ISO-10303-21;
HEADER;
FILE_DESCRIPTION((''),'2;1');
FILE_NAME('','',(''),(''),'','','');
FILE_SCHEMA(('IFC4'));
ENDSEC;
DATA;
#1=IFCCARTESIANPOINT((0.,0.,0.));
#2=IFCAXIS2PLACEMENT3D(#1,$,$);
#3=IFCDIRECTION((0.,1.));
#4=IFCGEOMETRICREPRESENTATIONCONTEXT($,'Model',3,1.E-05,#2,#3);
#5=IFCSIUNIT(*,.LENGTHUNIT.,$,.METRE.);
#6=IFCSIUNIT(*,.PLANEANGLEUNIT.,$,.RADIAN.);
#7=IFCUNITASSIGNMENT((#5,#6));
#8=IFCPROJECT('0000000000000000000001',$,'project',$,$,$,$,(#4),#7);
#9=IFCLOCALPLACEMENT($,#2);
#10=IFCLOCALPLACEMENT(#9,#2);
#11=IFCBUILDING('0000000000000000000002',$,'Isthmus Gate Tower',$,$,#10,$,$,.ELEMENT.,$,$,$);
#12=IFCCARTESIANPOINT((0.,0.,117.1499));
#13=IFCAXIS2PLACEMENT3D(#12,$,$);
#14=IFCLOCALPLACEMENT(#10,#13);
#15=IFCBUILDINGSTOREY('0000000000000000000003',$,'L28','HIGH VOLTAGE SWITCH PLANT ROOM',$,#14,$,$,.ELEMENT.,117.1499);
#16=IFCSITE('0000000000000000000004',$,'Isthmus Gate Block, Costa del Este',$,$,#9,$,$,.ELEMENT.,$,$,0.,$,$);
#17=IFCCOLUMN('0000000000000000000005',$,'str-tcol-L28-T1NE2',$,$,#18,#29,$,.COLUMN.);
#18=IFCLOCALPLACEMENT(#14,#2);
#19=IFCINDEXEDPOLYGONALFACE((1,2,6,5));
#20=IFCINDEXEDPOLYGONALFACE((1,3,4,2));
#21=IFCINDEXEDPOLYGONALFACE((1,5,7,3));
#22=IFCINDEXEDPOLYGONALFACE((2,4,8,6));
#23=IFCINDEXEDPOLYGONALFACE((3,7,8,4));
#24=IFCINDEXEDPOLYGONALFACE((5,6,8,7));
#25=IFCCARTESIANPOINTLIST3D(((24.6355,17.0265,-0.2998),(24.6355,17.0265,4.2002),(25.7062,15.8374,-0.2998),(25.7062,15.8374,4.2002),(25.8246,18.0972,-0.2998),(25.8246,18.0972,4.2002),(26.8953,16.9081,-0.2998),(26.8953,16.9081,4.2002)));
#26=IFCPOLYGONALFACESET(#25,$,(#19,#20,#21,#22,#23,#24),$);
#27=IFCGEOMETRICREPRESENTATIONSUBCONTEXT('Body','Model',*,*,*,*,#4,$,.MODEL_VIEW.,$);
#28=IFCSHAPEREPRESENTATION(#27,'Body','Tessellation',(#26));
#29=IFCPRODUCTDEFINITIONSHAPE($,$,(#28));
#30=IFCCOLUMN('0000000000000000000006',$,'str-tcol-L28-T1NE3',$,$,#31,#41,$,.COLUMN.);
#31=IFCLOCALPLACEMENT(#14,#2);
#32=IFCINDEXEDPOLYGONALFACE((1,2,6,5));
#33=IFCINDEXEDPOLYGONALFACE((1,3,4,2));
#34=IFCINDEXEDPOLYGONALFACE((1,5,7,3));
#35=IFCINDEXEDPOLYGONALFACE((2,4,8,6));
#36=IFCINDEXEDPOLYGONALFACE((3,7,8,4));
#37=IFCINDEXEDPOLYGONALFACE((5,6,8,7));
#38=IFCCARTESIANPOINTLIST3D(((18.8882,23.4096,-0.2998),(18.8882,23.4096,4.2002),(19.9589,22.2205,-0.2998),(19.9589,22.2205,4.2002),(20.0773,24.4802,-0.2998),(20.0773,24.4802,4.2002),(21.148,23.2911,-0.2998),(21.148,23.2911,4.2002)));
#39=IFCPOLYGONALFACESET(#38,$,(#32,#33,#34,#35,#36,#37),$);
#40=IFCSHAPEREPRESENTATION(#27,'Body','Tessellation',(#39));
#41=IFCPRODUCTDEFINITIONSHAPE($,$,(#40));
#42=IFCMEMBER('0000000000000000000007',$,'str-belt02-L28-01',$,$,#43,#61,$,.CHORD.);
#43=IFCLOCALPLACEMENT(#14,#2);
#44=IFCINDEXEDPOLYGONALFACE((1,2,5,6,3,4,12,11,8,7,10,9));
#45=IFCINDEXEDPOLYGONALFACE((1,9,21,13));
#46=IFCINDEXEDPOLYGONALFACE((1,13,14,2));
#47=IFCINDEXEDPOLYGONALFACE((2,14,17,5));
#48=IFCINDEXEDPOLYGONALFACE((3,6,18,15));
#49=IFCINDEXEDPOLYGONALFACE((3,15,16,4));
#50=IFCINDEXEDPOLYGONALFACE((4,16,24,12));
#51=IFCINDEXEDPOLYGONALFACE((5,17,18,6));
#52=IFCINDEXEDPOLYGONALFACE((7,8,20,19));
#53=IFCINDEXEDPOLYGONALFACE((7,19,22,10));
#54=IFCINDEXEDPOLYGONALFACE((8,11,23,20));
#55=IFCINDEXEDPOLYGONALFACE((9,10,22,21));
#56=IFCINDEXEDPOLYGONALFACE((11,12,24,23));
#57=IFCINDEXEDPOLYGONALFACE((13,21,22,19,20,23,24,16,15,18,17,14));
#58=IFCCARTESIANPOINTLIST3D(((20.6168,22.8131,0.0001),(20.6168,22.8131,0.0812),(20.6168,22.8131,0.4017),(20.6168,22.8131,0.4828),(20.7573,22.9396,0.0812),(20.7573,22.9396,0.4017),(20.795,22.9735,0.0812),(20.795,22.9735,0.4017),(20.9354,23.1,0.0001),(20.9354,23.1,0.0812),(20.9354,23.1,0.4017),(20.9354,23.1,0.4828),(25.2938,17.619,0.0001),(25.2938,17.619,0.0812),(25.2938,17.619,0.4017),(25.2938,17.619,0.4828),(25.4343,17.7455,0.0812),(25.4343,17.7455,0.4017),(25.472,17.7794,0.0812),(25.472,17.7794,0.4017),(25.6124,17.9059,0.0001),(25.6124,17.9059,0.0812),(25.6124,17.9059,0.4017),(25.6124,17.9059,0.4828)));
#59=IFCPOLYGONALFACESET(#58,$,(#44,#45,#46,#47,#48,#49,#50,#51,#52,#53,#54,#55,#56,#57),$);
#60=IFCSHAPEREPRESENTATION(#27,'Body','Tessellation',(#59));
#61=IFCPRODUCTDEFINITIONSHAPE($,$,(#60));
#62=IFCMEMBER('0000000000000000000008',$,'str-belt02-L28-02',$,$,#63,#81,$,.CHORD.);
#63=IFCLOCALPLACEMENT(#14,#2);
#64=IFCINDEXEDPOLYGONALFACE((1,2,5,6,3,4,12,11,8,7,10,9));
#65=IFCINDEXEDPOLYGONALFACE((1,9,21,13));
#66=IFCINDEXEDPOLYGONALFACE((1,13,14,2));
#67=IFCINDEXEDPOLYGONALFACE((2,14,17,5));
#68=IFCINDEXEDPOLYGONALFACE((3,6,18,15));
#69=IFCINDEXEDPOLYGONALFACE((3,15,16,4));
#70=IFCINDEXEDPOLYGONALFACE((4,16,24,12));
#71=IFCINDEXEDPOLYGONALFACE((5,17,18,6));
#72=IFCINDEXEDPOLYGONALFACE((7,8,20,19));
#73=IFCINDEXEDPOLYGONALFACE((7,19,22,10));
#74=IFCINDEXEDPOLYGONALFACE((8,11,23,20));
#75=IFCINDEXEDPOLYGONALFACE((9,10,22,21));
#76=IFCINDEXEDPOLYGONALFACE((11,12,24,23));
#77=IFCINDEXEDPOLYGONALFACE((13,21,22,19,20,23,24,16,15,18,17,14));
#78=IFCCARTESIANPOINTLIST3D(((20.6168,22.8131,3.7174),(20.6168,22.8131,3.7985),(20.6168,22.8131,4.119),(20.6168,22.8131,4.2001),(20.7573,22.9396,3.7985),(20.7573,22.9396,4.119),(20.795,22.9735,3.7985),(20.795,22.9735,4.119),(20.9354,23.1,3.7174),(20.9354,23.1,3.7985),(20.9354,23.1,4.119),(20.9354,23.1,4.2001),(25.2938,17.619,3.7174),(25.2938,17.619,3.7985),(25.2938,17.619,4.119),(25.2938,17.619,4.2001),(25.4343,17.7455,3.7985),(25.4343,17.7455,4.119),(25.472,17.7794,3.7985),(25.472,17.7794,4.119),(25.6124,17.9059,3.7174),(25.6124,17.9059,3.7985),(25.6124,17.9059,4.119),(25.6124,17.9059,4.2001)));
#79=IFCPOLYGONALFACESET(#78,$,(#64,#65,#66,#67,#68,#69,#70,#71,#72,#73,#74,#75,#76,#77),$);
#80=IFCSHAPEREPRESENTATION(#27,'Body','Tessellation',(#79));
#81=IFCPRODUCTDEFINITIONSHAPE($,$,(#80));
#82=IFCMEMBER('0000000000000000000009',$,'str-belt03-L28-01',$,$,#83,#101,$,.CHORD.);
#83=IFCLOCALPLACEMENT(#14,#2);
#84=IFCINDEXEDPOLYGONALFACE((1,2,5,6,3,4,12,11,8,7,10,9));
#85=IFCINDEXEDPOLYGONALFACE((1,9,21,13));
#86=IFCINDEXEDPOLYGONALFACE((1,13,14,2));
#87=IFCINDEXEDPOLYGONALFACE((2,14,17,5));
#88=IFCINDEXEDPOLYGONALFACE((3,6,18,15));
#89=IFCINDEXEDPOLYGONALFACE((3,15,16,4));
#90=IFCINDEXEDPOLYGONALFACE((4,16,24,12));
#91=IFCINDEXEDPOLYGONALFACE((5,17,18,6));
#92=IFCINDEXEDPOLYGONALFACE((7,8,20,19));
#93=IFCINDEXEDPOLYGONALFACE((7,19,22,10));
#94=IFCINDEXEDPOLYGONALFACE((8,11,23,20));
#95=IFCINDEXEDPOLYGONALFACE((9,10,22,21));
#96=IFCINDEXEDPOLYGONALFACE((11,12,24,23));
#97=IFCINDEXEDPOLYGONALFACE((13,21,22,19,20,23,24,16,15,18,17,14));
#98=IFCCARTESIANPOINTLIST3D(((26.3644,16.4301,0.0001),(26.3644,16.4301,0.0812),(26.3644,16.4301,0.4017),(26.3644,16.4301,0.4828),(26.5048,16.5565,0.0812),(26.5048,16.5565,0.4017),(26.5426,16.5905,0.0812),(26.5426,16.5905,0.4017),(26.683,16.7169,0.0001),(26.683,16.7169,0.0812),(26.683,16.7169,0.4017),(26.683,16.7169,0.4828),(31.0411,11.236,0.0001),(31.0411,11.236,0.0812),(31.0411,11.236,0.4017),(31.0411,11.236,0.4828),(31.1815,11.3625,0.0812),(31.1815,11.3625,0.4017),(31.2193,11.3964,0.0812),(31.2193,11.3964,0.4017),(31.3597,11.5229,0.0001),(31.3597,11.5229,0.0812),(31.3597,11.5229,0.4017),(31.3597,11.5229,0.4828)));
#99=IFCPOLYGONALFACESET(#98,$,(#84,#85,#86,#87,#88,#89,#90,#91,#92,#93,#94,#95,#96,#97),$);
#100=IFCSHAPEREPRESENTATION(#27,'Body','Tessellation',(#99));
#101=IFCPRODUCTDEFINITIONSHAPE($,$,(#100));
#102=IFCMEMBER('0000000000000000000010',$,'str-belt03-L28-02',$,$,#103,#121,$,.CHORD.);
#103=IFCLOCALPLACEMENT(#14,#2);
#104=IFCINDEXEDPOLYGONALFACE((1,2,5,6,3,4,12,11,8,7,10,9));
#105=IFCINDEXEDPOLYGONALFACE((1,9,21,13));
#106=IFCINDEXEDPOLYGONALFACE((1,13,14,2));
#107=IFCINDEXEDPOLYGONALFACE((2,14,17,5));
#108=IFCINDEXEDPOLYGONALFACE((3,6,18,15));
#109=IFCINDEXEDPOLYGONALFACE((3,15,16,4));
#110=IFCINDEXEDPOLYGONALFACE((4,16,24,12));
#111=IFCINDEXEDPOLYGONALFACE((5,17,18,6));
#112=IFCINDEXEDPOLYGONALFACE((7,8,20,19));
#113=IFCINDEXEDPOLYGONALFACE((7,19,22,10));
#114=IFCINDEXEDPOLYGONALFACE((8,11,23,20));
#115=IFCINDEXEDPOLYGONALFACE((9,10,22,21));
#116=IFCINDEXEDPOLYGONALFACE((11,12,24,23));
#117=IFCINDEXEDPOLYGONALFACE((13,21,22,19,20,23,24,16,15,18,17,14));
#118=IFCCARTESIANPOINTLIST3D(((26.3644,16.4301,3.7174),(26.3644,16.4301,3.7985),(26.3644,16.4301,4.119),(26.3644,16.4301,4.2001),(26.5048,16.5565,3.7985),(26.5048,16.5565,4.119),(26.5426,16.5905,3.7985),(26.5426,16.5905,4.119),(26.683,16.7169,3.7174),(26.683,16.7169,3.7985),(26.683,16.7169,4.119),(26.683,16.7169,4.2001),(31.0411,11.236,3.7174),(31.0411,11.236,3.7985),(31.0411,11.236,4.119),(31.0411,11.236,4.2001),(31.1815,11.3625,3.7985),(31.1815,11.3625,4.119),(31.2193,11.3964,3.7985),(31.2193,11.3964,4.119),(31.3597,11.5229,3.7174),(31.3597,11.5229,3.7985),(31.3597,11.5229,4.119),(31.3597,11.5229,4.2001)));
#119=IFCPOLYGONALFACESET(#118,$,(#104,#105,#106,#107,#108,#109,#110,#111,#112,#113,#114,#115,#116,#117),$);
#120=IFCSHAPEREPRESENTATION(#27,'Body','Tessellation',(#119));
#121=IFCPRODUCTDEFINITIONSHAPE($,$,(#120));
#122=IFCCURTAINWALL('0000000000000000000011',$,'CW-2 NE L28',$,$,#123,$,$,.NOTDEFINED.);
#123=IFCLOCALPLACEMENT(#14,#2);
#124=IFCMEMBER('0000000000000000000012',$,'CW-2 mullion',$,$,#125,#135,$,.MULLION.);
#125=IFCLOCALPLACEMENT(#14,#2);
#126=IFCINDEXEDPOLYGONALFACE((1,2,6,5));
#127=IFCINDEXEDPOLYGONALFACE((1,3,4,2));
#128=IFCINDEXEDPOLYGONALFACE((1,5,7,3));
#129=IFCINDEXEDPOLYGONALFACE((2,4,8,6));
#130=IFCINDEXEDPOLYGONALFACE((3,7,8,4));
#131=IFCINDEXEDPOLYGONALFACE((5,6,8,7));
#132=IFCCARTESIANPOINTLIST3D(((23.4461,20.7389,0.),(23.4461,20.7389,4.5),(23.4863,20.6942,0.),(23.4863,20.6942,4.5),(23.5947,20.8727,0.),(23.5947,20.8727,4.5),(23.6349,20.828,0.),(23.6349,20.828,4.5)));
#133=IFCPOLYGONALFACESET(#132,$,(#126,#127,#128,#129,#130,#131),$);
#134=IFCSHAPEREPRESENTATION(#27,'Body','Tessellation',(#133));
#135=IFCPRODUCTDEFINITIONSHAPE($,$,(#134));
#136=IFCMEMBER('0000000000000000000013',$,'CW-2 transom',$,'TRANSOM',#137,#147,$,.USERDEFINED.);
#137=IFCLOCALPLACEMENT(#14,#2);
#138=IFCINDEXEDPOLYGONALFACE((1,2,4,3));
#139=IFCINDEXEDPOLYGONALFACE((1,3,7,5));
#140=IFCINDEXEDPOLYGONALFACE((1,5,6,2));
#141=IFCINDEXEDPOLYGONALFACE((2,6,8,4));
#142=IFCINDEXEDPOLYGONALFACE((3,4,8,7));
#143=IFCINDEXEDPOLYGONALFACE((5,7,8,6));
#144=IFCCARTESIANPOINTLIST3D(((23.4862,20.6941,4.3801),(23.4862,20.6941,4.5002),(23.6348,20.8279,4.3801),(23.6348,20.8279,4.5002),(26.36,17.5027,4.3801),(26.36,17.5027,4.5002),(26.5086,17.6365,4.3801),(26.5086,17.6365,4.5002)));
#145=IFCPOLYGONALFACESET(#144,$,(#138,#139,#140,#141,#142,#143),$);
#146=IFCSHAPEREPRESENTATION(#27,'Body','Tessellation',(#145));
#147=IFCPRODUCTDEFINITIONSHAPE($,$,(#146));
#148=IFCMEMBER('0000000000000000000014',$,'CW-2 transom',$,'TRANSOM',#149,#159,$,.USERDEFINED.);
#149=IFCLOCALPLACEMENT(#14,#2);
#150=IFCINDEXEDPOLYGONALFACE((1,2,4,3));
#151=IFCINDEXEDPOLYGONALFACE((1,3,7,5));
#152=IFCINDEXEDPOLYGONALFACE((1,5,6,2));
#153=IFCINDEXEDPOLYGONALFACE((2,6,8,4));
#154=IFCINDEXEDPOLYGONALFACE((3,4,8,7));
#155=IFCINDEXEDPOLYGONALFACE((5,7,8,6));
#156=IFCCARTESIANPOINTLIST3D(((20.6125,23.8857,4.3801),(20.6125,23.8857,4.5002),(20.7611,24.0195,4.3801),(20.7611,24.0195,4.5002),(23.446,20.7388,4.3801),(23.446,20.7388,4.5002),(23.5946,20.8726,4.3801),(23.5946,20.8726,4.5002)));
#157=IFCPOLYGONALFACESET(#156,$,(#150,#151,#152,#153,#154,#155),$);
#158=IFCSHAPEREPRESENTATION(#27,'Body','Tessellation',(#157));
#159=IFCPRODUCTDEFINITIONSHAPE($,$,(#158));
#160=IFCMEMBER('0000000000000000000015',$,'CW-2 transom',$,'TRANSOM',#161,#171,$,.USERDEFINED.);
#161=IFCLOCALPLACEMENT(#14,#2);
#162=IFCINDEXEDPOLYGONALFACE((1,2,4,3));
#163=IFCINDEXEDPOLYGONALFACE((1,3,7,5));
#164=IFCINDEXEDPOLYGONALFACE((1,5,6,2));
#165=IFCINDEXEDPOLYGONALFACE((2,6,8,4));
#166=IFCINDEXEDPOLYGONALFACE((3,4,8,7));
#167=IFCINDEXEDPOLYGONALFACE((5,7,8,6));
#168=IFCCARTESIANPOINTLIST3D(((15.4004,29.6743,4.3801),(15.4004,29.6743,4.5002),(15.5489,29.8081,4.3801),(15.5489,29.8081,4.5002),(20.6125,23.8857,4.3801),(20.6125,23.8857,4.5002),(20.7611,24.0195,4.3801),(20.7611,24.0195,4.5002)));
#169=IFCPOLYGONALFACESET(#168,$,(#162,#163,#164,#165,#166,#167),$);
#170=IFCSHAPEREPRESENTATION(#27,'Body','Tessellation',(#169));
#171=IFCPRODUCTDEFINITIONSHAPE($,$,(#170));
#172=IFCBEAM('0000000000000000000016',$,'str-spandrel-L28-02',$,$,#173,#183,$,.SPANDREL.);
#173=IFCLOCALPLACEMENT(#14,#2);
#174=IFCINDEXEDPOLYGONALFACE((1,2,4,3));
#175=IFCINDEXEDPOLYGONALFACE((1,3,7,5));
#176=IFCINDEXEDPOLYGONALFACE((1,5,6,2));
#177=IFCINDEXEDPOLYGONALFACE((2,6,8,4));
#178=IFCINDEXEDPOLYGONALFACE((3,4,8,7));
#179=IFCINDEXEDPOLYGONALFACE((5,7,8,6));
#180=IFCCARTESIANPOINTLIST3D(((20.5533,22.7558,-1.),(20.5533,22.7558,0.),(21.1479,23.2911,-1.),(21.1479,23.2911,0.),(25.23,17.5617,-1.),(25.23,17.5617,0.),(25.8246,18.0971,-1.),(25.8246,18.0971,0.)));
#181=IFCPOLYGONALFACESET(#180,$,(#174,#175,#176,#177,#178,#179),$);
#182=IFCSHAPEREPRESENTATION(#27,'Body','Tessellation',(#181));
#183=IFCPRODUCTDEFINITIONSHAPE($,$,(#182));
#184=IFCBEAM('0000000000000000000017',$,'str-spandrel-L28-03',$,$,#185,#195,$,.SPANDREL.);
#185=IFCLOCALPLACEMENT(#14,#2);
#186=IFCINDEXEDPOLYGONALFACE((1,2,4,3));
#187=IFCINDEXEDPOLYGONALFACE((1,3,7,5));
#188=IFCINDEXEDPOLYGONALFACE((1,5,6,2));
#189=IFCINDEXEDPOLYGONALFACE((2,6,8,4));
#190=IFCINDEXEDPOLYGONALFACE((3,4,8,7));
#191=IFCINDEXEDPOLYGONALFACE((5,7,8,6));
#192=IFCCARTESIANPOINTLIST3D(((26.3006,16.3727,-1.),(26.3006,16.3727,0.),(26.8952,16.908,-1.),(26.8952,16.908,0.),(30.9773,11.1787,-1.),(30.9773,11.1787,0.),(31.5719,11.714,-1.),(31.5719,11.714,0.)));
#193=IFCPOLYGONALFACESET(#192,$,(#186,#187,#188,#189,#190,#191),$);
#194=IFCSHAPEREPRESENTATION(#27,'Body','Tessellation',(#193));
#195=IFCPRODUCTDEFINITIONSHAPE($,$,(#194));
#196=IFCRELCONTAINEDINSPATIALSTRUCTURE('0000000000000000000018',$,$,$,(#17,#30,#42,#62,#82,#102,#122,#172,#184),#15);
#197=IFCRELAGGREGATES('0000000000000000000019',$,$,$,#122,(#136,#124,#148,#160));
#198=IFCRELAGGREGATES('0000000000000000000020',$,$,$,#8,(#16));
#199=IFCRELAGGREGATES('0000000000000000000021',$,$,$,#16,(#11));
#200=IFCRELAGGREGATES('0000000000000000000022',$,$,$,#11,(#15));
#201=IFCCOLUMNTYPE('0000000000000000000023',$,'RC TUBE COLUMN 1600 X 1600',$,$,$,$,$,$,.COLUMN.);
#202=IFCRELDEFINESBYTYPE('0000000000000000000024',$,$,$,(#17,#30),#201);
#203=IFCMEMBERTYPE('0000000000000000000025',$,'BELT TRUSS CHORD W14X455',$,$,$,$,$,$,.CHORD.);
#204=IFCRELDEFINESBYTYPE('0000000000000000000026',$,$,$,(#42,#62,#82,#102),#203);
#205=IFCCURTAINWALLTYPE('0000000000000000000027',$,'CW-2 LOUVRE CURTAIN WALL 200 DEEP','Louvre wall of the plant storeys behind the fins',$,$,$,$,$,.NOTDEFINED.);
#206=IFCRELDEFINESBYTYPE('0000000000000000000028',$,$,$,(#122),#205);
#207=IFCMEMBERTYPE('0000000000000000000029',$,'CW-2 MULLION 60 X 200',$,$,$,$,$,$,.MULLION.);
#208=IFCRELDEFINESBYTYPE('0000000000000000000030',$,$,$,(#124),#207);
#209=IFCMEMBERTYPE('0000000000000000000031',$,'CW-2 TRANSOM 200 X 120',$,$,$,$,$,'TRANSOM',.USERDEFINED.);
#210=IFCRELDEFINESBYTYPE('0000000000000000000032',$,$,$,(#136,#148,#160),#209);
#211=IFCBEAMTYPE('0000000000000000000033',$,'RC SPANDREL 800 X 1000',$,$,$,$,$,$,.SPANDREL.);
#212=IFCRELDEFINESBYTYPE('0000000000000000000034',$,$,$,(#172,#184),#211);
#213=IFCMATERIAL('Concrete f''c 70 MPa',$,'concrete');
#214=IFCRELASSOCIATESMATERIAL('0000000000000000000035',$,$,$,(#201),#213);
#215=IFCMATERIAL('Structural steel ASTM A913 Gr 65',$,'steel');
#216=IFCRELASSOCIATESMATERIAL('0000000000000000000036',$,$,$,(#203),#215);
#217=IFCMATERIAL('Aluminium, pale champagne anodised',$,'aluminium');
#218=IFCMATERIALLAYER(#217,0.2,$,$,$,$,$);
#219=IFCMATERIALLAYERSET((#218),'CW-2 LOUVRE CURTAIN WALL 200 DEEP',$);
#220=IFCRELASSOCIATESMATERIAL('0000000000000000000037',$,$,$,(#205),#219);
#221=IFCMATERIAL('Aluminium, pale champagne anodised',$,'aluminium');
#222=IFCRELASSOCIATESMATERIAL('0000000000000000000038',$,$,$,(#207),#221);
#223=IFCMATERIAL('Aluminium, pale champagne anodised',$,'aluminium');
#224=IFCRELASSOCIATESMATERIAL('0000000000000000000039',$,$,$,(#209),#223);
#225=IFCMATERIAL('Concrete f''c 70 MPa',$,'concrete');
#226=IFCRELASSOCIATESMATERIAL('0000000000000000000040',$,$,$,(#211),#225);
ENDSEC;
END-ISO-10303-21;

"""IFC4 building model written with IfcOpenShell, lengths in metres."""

from ifc_helpers import new_model, si_unit, direction, frame, origin, origin_2d, place, context, subcontext, project, spatial, rectangle, i_section, extrude, material, layer, layer_set, material_profile, profile_set, type_object, element, aggregate, save


model = new_model("IFC4")

# Units and contexts
model_context = context("Model", 3, precision=1e-05, world=origin(), true_north=direction((0.0, 1.0)))
body_context = subcontext(model_context, "Body", "Model", "MODEL_VIEW")
ifc_project = project(units=[si_unit("LENGTHUNIT", "METRE"), si_unit("PLANEANGLEUNIT", "RADIAN")], contexts=[model_context])

# Site, building, storey
site_placement = place(None, origin())
site = spatial("IfcSite", under=ifc_project, at=site_placement, Name="Isthmus Gate Block, Costa del Este", CompositionType="ELEMENT", RefElevation=0.0)
building_placement = place(site_placement, origin())
building = spatial("IfcBuilding", under=site, at=building_placement, Name="Isthmus Gate Tower", CompositionType="ELEMENT")
storey_placement = place(building_placement, frame((0.0, 0.0, 117.1499)))
storey = spatial("IfcBuildingStorey", under=building, at=storey_placement, Name="L28", Description="HIGH VOLTAGE SWITCH PLANT ROOM", CompositionType="ELEMENT", Elevation=117.1499)

# Columns
ifc_material_1 = material(Name="Concrete f'c 70 MPa", Category="concrete")
ifc_material_profile_1 = material_profile(ifc_material_1, rectangle(XDim=1.6001, YDim=1.6001, at=origin_2d()), Name="RC 1600X1600")
ifc_profile_set_1 = profile_set([ifc_material_profile_1], Name="Concrete f'c 70 MPa")
column_type = type_object("IfcColumnType", Name="RC TUBE COLUMN 1600 X 1600", PredefinedType="COLUMN", material=ifc_profile_set_1)
for number, where, z_axis, x_axis, name in (
    (1, (25.7654, 16.9673, -0.2998), (0.0, 0.0, 1.0), (-0.669131, 0.743145, 0.0), "str-tcol-L28-T1NE2"),
    (2, (20.0181, 23.3503, -0.2998), (0.0, 0.0, 1.0), (-0.669131, 0.743145, 0.0), "str-tcol-L28-T1NE3"),
):
    element("IfcColumn", number, at=place(storey_placement, frame(where, z_axis=z_axis, x_axis=x_axis)), inside=storey, type_object=column_type, Name=name, PredefinedType="COLUMN", context=body_context, shape_type="SweptSolid", body=[
        extrude(rectangle(XDim=1.6001, YDim=1.6001, at=origin_2d()), origin(), (0.0, 0.0, 1.0), 4.5),
    ])

# Members
ifc_material_2 = material(Name="Structural steel ASTM A913 Gr 65", Category="steel")
ifc_material_profile_2 = material_profile(ifc_material_2, i_section(OverallWidth=0.4287, OverallDepth=0.4827, WebThickness=0.0508, FlangeThickness=0.0811, at=origin_2d()), Name="W14X455")
ifc_profile_set_2 = profile_set([ifc_material_profile_2], Name="Structural steel ASTM A913 Gr 65")
member_type_1 = type_object("IfcMemberType", Name="BELT TRUSS CHORD W14X455", PredefinedType="CHORD", material=ifc_profile_set_2)
for number, where, z_axis, x_axis, name in (
    (3, (20.7761, 22.9565, 0.2415), (0.669148, -0.743129, 0.0), (0.743129, 0.669148, 0.0), "str-belt02-L28-01"),
    (4, (20.7761, 22.9565, 3.9587), (0.669148, -0.743129, 0.0), (0.743129, 0.669148, 0.0), "str-belt02-L28-02"),
):
    element("IfcMember", number, at=place(storey_placement, frame(where, z_axis=z_axis, x_axis=x_axis)), inside=storey, type_object=member_type_1, Name=name, PredefinedType="CHORD", context=body_context, shape_type="SweptSolid", body=[
        extrude(i_section(OverallWidth=0.4287, OverallDepth=0.4827, WebThickness=0.0508, FlangeThickness=0.0811, at=origin_2d()), origin(), (0.0, 0.0, 1.0), 6.9895),
    ])
for number, where, z_axis, x_axis, name in (
    (5, (26.5237, 16.5735, 0.2415), (0.669129, -0.743146, 0.0), (0.743146, 0.669129, 0.0), "str-belt03-L28-01"),
    (6, (26.5237, 16.5735, 3.9587), (0.669129, -0.743146, 0.0), (0.743146, 0.669129, 0.0), "str-belt03-L28-02"),
):
    element("IfcMember", number, at=place(storey_placement, frame(where, z_axis=z_axis, x_axis=x_axis)), inside=storey, type_object=member_type_1, Name=name, PredefinedType="CHORD", context=body_context, shape_type="SweptSolid", body=[
        extrude(i_section(OverallWidth=0.4287, OverallDepth=0.4827, WebThickness=0.0508, FlangeThickness=0.0811, at=origin_2d()), origin(), (0.0, 0.0, 1.0), 6.9893),
    ])

# Curtain wall, members
ifc_material_3 = material(Name="Aluminium, pale champagne anodised", Category="aluminium")
ifc_layer_1 = layer(ifc_material_3, 0.2)
ifc_layer_set_1 = layer_set([ifc_layer_1], Name="CW-2 LOUVRE CURTAIN WALL 200 DEEP")
curtain_wall_type = type_object("IfcCurtainWallType", Name="CW-2 LOUVRE CURTAIN WALL 200 DEEP", Description="Louvre wall of the plant storeys behind the fins", PredefinedType="NOTDEFINED", material=ifc_layer_set_1)
curtain_wall_placement = place(storey_placement, origin())
curtain_wall = element("IfcCurtainWall", 7, at=curtain_wall_placement, inside=storey, type_object=curtain_wall_type, Name="CW-2 NE L28", PredefinedType="NOTDEFINED")
ifc_material_4 = material(Name="Aluminium, pale champagne anodised", Category="aluminium")
ifc_material_profile_3 = material_profile(ifc_material_4, rectangle(XDim=0.0601, YDim=0.2, at=origin_2d()), Name="60x200")
ifc_profile_set_3 = profile_set([ifc_material_profile_3], Name="Aluminium, pale champagne anodised")
member_type_2 = type_object("IfcMemberType", Name="CW-2 MULLION 60 X 200", PredefinedType="MULLION", material=ifc_profile_set_3)
member_1_placement = place(storey_placement, frame((23.5405, 20.7834, 0.0), z_axis=(0.0, 0.0, 1.0), x_axis=(-0.669131, 0.743145, 0.0)))
member_1 = element("IfcMember", 8, at=member_1_placement, type_object=member_type_2, Name="CW-2 mullion", PredefinedType="MULLION", context=body_context, shape_type="SweptSolid", body=[
    extrude(rectangle(XDim=0.0601, YDim=0.2, at=origin_2d()), origin(), (0.0, 0.0, 1.0), 4.5),
])
ifc_material_5 = material(Name="Aluminium, pale champagne anodised", Category="aluminium")
ifc_material_profile_4 = material_profile(ifc_material_5, rectangle(XDim=0.2, YDim=0.1201, at=origin_2d()), Name="200x120")
ifc_profile_set_4 = profile_set([ifc_material_profile_4], Name="Aluminium, pale champagne anodised")
member_type_3 = type_object("IfcMemberType", Name="CW-2 TRANSOM 200 X 120", ElementType="TRANSOM", PredefinedType="USERDEFINED", material=ifc_profile_set_4)
member_2_placement = place(storey_placement, frame((26.4343, 17.5696, 4.4402), z_axis=(-0.669159, 0.743119, 0.0), x_axis=(-0.743119, -0.669159, 0.0)))
member_2 = element("IfcMember", 9, at=member_2_placement, type_object=member_type_3, Name="CW-2 transom", ObjectType="TRANSOM", PredefinedType="USERDEFINED", context=body_context, shape_type="SweptSolid", body=[
    extrude(rectangle(XDim=0.2, YDim=0.1201, at=origin_2d()), origin(), (0.0, 0.0, 1.0), 4.2947),
])
member_3_placement = place(storey_placement, frame((23.5203, 20.8057, 4.4402), z_axis=(-0.669124, 0.743151, 0.0), x_axis=(-0.743151, -0.669124, 0.0)))
member_3 = element("IfcMember", 10, at=member_3_placement, type_object=member_type_3, Name="CW-2 transom", ObjectType="TRANSOM", PredefinedType="USERDEFINED", context=body_context, shape_type="SweptSolid", body=[
    extrude(rectangle(XDim=0.2, YDim=0.1201, at=origin_2d()), origin(), (0.0, 0.0, 1.0), 4.2346),
])
member_4_placement = place(storey_placement, frame((20.6868, 23.9526, 4.4402), z_axis=(-0.669138, 0.743138, 0.0), x_axis=(-0.743138, -0.669138, 0.0)))
member_4 = element("IfcMember", 11, at=member_4_placement, type_object=member_type_3, Name="CW-2 transom", ObjectType="TRANSOM", PredefinedType="USERDEFINED", context=body_context, shape_type="SweptSolid", body=[
    extrude(rectangle(XDim=0.2, YDim=0.1201, at=origin_2d()), origin(), (0.0, 0.0, 1.0), 7.7893),
])

# Beams
ifc_material_6 = material(Name="Concrete f'c 70 MPa", Category="concrete")
ifc_material_profile_5 = material_profile(ifc_material_6, rectangle(XDim=0.8, YDim=1.0, at=origin_2d()), Name="RC 800X1000")
ifc_profile_set_5 = profile_set([ifc_material_profile_5], Name="Concrete f'c 70 MPa")
beam_type = type_object("IfcBeamType", Name="RC SPANDREL 800 X 1000", PredefinedType="SPANDREL", material=ifc_profile_set_5)
for number, where, z_axis, x_axis, name in (
    (12, (20.8506, 23.0234, -0.5), (0.669129, -0.743146, 0.0), (0.743146, 0.669129, 0.0), "str-spandrel-L28-02"),
    (13, (26.5979, 16.6404, -0.5), (0.669129, -0.743146, 0.0), (0.743146, 0.669129, 0.0), "str-spandrel-L28-03"),
):
    element("IfcBeam", number, at=place(storey_placement, frame(where, z_axis=z_axis, x_axis=x_axis)), inside=storey, type_object=beam_type, Name=name, PredefinedType="SPANDREL", context=body_context, shape_type="SweptSolid", body=[
        extrude(rectangle(XDim=0.8, YDim=1.0, at=origin_2d()), origin(), (0.0, 0.0, 1.0), 6.9893),
    ])

aggregate(curtain_wall, [member_2, member_1, member_3, member_4])

save(model, "model.ifc")
